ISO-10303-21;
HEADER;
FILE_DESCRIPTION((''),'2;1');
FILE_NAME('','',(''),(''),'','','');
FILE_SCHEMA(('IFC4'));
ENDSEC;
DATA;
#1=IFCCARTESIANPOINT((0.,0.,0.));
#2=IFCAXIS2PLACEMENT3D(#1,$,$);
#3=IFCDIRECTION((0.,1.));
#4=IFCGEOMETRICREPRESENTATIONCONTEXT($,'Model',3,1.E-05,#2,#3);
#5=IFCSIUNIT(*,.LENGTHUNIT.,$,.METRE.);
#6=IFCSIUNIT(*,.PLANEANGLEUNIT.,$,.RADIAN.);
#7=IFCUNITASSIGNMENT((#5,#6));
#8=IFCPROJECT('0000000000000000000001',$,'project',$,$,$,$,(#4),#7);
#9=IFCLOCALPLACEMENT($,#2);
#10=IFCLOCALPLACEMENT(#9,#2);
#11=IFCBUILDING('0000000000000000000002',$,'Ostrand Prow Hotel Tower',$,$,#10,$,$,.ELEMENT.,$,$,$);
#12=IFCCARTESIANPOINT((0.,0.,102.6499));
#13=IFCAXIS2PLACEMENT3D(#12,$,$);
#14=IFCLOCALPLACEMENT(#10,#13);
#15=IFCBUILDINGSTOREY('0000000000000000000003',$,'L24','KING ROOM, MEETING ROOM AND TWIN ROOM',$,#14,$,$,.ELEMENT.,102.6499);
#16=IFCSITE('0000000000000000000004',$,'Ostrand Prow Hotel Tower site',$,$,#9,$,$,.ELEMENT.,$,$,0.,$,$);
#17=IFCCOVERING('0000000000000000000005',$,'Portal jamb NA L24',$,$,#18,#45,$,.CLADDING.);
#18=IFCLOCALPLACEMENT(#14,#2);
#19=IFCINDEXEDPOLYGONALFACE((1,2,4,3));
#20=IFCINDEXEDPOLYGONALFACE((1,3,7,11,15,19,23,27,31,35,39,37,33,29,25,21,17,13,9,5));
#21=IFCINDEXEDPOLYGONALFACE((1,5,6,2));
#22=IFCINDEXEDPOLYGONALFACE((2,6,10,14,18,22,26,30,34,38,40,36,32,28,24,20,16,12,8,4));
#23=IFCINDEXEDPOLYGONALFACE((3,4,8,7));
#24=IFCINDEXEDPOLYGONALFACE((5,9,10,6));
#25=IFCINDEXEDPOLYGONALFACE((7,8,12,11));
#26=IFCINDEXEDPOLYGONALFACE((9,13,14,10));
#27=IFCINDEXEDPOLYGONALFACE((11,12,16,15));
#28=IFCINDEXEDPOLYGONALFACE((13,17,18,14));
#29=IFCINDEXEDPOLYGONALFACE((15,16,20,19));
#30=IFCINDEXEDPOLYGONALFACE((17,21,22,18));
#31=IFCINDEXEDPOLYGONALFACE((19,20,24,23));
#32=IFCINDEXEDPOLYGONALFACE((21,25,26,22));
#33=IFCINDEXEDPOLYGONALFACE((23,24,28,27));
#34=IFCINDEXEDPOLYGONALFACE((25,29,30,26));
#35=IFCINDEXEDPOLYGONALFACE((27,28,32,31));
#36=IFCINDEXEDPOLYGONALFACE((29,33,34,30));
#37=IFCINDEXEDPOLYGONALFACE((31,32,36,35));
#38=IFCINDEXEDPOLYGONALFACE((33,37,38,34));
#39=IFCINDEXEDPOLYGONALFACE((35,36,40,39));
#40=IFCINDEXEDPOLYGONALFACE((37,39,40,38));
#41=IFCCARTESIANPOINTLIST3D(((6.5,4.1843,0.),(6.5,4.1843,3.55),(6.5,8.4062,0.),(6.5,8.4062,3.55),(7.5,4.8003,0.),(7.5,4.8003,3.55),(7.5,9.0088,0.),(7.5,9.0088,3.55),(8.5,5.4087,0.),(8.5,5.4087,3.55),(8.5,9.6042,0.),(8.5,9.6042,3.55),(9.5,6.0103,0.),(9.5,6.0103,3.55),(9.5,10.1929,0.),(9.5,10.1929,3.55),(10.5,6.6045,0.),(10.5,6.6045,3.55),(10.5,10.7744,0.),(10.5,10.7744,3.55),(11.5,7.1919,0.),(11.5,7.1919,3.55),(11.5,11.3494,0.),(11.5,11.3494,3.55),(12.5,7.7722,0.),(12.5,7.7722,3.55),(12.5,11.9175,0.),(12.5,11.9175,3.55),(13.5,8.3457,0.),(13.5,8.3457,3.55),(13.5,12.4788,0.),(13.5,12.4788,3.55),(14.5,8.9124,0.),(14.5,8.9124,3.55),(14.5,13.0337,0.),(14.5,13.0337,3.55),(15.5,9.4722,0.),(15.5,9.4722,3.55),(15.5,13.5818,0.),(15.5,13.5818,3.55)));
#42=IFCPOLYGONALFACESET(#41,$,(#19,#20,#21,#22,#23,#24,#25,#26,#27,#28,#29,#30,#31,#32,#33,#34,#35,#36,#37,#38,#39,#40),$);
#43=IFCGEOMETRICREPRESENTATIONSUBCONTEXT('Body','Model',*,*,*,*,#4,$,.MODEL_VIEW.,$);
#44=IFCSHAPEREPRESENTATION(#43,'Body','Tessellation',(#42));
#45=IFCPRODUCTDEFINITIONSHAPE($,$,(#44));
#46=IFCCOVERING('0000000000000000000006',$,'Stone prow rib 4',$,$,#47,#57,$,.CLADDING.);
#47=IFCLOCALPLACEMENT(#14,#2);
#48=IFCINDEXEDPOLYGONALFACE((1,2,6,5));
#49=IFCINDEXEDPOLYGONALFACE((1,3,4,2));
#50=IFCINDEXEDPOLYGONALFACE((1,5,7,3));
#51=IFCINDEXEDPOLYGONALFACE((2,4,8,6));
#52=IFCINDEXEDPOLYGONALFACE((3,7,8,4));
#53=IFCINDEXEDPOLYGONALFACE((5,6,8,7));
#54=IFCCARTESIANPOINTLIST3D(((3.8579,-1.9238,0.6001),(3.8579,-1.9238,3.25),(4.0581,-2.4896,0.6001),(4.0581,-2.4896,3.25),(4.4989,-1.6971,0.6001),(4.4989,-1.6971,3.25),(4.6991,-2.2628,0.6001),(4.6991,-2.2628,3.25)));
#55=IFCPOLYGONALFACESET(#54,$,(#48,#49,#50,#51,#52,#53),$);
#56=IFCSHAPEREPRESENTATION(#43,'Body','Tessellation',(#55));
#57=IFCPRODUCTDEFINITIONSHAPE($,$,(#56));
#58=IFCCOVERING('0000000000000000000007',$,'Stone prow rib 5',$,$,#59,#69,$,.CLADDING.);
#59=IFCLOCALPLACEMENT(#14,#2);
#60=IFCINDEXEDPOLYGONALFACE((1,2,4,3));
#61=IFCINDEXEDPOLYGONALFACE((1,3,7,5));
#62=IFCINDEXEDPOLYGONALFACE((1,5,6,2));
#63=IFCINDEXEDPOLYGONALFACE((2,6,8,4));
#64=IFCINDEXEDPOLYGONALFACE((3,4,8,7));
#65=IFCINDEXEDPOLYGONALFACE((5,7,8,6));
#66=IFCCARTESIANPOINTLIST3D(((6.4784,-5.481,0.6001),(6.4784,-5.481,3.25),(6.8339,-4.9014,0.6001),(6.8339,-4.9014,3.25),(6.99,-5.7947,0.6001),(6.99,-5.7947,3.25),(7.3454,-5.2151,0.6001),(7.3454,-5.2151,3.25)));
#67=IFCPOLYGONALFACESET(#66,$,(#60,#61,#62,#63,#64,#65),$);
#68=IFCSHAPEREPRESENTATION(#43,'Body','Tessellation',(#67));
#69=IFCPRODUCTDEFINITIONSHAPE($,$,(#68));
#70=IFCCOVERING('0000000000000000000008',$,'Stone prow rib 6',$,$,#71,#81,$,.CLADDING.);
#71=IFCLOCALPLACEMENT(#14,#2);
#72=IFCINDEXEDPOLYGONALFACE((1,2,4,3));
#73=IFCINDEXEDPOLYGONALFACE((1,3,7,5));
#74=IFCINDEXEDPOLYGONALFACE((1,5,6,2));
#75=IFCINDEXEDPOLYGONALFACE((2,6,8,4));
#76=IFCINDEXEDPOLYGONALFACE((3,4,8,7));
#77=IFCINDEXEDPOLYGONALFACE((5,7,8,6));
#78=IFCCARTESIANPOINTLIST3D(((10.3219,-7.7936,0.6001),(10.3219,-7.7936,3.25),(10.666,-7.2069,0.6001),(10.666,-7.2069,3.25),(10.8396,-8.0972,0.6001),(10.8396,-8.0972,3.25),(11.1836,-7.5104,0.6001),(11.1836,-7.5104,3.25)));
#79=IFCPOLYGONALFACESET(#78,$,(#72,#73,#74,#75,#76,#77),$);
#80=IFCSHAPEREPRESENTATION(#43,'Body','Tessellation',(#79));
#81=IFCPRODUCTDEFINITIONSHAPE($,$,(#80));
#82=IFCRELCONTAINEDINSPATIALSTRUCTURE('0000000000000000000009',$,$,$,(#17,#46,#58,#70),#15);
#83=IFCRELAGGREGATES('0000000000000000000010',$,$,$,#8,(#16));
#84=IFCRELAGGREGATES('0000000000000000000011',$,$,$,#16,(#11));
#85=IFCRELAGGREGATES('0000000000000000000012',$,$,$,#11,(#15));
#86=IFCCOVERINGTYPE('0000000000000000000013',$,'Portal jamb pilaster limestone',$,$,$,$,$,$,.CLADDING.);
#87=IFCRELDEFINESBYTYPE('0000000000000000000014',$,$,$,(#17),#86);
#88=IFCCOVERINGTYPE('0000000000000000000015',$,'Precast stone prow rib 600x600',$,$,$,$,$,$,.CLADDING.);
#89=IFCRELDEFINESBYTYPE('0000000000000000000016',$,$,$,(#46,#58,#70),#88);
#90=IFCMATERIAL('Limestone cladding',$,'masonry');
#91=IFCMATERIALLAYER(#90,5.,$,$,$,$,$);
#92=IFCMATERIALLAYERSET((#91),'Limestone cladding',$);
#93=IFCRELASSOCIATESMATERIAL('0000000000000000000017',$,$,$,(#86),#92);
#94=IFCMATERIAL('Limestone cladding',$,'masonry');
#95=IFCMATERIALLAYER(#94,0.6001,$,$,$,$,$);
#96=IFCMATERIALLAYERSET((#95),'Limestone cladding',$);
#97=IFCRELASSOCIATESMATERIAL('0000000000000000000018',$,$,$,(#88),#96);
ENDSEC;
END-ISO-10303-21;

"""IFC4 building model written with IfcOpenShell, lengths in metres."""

from ifc_helpers import new_model, si_unit, direction, frame, frame_2d, origin, place, context, subcontext, project, spatial, polyline, rectangle, outline, extrude, material, layer, layer_set, type_object, element, save


model = new_model("IFC4")

# Units and contexts
model_context = context("Model", 3, precision=1e-05, world=origin(), true_north=direction((0.0, 1.0)))
body_context = subcontext(model_context, "Body", "Model", "MODEL_VIEW")
ifc_project = project(units=[si_unit("LENGTHUNIT", "METRE"), si_unit("PLANEANGLEUNIT", "RADIAN")], contexts=[model_context])

# Site, building, storey
site_placement = place(None, origin())
site = spatial("IfcSite", under=ifc_project, at=site_placement, Name="Ostrand Prow Hotel Tower site", CompositionType="ELEMENT", RefElevation=0.0)
building_placement = place(site_placement, origin())
building = spatial("IfcBuilding", under=site, at=building_placement, Name="Ostrand Prow Hotel Tower", CompositionType="ELEMENT")
storey_placement = place(building_placement, frame((0.0, 0.0, 102.6499)))
storey = spatial("IfcBuildingStorey", under=building, at=storey_placement, Name="L24", Description="KING ROOM, MEETING ROOM AND TWIN ROOM", CompositionType="ELEMENT", Elevation=102.6499)

# Coverings
ifc_material_1 = material(Name="Limestone cladding", Category="masonry")
ifc_layer_1 = layer(ifc_material_1, 5.0)
ifc_layer_set_1 = layer_set([ifc_layer_1], Name="Limestone cladding")
covering_type_1 = type_object("IfcCoveringType", Name="Portal jamb pilaster limestone", PredefinedType="CLADDING", material=ifc_layer_set_1)
covering_1_placement = place(storey_placement, origin())
element("IfcCovering", 1, at=covering_1_placement, inside=storey, type_object=covering_type_1, Name="Portal jamb NA L24", PredefinedType="CLADDING", context=body_context, shape_type="SweptSolid", body=[
    extrude(outline(polyline([(6.5, 4.1843), (7.5, 4.8003), (8.5, 5.4087), (9.5, 6.0103), (10.5, 6.6045), (11.5, 7.1919), (12.5, 7.7722), (13.5, 8.3457), (14.5, 8.9124), (15.5, 9.4722), (15.5, 13.5818), (14.5, 13.0337), (13.5, 12.4788), (12.5, 11.9175), (11.5, 11.3494), (10.5, 10.7744), (9.5, 10.1929), (8.5, 9.6042), (7.5, 9.0088), (6.5, 8.4062), (6.5, 4.1843)])), origin(), (0.0, 0.0, 1.0), 3.55),
])
ifc_material_2 = material(Name="Limestone cladding", Category="masonry")
ifc_layer_2 = layer(ifc_material_2, 0.6001)
ifc_layer_set_2 = layer_set([ifc_layer_2], Name="Limestone cladding")
covering_type_2 = type_object("IfcCoveringType", Name="Precast stone prow rib 600x600", PredefinedType="CLADDING", material=ifc_layer_set_2)
for number, where, z_axis, x_axis, name in (
    (2, (4.5989, -1.98, 0.6001), (0.0, 0.0, 1.0), (-0.942745, -0.333515, 0.0), "Stone prow rib 4"),
    (3, (7.0896, -5.0583, 0.6001), (0.0, 0.0, 1.0), (-0.522815, -0.852446, 0.0), "Stone prow rib 5"),
):
    element("IfcCovering", number, at=place(storey_placement, frame(where, z_axis=z_axis, x_axis=x_axis)), inside=storey, type_object=covering_type_2, Name=name, PredefinedType="CLADDING", context=body_context, shape_type="SweptSolid", body=[
        extrude(rectangle(XDim=0.6799, YDim=0.6001, at=frame_2d((0.3398, 0.0))), origin(), (0.0, 0.0, 1.0), 2.6499),
    ])
covering_2_placement = place(storey_placement, frame((10.9248, -7.3586, 0.6001), z_axis=(0.0, 0.0, 1.0), x_axis=(-0.505812, -0.862644, 0.0)))
element("IfcCovering", 4, at=covering_2_placement, inside=storey, type_object=covering_type_2, Name="Stone prow rib 6", PredefinedType="CLADDING", context=body_context, shape_type="SweptSolid", body=[
    extrude(rectangle(XDim=0.6802, YDim=0.6001, at=frame_2d((0.3401, 0.0))), origin(), (0.0, 0.0, 1.0), 2.6499),
])

save(model, "model.ifc")
